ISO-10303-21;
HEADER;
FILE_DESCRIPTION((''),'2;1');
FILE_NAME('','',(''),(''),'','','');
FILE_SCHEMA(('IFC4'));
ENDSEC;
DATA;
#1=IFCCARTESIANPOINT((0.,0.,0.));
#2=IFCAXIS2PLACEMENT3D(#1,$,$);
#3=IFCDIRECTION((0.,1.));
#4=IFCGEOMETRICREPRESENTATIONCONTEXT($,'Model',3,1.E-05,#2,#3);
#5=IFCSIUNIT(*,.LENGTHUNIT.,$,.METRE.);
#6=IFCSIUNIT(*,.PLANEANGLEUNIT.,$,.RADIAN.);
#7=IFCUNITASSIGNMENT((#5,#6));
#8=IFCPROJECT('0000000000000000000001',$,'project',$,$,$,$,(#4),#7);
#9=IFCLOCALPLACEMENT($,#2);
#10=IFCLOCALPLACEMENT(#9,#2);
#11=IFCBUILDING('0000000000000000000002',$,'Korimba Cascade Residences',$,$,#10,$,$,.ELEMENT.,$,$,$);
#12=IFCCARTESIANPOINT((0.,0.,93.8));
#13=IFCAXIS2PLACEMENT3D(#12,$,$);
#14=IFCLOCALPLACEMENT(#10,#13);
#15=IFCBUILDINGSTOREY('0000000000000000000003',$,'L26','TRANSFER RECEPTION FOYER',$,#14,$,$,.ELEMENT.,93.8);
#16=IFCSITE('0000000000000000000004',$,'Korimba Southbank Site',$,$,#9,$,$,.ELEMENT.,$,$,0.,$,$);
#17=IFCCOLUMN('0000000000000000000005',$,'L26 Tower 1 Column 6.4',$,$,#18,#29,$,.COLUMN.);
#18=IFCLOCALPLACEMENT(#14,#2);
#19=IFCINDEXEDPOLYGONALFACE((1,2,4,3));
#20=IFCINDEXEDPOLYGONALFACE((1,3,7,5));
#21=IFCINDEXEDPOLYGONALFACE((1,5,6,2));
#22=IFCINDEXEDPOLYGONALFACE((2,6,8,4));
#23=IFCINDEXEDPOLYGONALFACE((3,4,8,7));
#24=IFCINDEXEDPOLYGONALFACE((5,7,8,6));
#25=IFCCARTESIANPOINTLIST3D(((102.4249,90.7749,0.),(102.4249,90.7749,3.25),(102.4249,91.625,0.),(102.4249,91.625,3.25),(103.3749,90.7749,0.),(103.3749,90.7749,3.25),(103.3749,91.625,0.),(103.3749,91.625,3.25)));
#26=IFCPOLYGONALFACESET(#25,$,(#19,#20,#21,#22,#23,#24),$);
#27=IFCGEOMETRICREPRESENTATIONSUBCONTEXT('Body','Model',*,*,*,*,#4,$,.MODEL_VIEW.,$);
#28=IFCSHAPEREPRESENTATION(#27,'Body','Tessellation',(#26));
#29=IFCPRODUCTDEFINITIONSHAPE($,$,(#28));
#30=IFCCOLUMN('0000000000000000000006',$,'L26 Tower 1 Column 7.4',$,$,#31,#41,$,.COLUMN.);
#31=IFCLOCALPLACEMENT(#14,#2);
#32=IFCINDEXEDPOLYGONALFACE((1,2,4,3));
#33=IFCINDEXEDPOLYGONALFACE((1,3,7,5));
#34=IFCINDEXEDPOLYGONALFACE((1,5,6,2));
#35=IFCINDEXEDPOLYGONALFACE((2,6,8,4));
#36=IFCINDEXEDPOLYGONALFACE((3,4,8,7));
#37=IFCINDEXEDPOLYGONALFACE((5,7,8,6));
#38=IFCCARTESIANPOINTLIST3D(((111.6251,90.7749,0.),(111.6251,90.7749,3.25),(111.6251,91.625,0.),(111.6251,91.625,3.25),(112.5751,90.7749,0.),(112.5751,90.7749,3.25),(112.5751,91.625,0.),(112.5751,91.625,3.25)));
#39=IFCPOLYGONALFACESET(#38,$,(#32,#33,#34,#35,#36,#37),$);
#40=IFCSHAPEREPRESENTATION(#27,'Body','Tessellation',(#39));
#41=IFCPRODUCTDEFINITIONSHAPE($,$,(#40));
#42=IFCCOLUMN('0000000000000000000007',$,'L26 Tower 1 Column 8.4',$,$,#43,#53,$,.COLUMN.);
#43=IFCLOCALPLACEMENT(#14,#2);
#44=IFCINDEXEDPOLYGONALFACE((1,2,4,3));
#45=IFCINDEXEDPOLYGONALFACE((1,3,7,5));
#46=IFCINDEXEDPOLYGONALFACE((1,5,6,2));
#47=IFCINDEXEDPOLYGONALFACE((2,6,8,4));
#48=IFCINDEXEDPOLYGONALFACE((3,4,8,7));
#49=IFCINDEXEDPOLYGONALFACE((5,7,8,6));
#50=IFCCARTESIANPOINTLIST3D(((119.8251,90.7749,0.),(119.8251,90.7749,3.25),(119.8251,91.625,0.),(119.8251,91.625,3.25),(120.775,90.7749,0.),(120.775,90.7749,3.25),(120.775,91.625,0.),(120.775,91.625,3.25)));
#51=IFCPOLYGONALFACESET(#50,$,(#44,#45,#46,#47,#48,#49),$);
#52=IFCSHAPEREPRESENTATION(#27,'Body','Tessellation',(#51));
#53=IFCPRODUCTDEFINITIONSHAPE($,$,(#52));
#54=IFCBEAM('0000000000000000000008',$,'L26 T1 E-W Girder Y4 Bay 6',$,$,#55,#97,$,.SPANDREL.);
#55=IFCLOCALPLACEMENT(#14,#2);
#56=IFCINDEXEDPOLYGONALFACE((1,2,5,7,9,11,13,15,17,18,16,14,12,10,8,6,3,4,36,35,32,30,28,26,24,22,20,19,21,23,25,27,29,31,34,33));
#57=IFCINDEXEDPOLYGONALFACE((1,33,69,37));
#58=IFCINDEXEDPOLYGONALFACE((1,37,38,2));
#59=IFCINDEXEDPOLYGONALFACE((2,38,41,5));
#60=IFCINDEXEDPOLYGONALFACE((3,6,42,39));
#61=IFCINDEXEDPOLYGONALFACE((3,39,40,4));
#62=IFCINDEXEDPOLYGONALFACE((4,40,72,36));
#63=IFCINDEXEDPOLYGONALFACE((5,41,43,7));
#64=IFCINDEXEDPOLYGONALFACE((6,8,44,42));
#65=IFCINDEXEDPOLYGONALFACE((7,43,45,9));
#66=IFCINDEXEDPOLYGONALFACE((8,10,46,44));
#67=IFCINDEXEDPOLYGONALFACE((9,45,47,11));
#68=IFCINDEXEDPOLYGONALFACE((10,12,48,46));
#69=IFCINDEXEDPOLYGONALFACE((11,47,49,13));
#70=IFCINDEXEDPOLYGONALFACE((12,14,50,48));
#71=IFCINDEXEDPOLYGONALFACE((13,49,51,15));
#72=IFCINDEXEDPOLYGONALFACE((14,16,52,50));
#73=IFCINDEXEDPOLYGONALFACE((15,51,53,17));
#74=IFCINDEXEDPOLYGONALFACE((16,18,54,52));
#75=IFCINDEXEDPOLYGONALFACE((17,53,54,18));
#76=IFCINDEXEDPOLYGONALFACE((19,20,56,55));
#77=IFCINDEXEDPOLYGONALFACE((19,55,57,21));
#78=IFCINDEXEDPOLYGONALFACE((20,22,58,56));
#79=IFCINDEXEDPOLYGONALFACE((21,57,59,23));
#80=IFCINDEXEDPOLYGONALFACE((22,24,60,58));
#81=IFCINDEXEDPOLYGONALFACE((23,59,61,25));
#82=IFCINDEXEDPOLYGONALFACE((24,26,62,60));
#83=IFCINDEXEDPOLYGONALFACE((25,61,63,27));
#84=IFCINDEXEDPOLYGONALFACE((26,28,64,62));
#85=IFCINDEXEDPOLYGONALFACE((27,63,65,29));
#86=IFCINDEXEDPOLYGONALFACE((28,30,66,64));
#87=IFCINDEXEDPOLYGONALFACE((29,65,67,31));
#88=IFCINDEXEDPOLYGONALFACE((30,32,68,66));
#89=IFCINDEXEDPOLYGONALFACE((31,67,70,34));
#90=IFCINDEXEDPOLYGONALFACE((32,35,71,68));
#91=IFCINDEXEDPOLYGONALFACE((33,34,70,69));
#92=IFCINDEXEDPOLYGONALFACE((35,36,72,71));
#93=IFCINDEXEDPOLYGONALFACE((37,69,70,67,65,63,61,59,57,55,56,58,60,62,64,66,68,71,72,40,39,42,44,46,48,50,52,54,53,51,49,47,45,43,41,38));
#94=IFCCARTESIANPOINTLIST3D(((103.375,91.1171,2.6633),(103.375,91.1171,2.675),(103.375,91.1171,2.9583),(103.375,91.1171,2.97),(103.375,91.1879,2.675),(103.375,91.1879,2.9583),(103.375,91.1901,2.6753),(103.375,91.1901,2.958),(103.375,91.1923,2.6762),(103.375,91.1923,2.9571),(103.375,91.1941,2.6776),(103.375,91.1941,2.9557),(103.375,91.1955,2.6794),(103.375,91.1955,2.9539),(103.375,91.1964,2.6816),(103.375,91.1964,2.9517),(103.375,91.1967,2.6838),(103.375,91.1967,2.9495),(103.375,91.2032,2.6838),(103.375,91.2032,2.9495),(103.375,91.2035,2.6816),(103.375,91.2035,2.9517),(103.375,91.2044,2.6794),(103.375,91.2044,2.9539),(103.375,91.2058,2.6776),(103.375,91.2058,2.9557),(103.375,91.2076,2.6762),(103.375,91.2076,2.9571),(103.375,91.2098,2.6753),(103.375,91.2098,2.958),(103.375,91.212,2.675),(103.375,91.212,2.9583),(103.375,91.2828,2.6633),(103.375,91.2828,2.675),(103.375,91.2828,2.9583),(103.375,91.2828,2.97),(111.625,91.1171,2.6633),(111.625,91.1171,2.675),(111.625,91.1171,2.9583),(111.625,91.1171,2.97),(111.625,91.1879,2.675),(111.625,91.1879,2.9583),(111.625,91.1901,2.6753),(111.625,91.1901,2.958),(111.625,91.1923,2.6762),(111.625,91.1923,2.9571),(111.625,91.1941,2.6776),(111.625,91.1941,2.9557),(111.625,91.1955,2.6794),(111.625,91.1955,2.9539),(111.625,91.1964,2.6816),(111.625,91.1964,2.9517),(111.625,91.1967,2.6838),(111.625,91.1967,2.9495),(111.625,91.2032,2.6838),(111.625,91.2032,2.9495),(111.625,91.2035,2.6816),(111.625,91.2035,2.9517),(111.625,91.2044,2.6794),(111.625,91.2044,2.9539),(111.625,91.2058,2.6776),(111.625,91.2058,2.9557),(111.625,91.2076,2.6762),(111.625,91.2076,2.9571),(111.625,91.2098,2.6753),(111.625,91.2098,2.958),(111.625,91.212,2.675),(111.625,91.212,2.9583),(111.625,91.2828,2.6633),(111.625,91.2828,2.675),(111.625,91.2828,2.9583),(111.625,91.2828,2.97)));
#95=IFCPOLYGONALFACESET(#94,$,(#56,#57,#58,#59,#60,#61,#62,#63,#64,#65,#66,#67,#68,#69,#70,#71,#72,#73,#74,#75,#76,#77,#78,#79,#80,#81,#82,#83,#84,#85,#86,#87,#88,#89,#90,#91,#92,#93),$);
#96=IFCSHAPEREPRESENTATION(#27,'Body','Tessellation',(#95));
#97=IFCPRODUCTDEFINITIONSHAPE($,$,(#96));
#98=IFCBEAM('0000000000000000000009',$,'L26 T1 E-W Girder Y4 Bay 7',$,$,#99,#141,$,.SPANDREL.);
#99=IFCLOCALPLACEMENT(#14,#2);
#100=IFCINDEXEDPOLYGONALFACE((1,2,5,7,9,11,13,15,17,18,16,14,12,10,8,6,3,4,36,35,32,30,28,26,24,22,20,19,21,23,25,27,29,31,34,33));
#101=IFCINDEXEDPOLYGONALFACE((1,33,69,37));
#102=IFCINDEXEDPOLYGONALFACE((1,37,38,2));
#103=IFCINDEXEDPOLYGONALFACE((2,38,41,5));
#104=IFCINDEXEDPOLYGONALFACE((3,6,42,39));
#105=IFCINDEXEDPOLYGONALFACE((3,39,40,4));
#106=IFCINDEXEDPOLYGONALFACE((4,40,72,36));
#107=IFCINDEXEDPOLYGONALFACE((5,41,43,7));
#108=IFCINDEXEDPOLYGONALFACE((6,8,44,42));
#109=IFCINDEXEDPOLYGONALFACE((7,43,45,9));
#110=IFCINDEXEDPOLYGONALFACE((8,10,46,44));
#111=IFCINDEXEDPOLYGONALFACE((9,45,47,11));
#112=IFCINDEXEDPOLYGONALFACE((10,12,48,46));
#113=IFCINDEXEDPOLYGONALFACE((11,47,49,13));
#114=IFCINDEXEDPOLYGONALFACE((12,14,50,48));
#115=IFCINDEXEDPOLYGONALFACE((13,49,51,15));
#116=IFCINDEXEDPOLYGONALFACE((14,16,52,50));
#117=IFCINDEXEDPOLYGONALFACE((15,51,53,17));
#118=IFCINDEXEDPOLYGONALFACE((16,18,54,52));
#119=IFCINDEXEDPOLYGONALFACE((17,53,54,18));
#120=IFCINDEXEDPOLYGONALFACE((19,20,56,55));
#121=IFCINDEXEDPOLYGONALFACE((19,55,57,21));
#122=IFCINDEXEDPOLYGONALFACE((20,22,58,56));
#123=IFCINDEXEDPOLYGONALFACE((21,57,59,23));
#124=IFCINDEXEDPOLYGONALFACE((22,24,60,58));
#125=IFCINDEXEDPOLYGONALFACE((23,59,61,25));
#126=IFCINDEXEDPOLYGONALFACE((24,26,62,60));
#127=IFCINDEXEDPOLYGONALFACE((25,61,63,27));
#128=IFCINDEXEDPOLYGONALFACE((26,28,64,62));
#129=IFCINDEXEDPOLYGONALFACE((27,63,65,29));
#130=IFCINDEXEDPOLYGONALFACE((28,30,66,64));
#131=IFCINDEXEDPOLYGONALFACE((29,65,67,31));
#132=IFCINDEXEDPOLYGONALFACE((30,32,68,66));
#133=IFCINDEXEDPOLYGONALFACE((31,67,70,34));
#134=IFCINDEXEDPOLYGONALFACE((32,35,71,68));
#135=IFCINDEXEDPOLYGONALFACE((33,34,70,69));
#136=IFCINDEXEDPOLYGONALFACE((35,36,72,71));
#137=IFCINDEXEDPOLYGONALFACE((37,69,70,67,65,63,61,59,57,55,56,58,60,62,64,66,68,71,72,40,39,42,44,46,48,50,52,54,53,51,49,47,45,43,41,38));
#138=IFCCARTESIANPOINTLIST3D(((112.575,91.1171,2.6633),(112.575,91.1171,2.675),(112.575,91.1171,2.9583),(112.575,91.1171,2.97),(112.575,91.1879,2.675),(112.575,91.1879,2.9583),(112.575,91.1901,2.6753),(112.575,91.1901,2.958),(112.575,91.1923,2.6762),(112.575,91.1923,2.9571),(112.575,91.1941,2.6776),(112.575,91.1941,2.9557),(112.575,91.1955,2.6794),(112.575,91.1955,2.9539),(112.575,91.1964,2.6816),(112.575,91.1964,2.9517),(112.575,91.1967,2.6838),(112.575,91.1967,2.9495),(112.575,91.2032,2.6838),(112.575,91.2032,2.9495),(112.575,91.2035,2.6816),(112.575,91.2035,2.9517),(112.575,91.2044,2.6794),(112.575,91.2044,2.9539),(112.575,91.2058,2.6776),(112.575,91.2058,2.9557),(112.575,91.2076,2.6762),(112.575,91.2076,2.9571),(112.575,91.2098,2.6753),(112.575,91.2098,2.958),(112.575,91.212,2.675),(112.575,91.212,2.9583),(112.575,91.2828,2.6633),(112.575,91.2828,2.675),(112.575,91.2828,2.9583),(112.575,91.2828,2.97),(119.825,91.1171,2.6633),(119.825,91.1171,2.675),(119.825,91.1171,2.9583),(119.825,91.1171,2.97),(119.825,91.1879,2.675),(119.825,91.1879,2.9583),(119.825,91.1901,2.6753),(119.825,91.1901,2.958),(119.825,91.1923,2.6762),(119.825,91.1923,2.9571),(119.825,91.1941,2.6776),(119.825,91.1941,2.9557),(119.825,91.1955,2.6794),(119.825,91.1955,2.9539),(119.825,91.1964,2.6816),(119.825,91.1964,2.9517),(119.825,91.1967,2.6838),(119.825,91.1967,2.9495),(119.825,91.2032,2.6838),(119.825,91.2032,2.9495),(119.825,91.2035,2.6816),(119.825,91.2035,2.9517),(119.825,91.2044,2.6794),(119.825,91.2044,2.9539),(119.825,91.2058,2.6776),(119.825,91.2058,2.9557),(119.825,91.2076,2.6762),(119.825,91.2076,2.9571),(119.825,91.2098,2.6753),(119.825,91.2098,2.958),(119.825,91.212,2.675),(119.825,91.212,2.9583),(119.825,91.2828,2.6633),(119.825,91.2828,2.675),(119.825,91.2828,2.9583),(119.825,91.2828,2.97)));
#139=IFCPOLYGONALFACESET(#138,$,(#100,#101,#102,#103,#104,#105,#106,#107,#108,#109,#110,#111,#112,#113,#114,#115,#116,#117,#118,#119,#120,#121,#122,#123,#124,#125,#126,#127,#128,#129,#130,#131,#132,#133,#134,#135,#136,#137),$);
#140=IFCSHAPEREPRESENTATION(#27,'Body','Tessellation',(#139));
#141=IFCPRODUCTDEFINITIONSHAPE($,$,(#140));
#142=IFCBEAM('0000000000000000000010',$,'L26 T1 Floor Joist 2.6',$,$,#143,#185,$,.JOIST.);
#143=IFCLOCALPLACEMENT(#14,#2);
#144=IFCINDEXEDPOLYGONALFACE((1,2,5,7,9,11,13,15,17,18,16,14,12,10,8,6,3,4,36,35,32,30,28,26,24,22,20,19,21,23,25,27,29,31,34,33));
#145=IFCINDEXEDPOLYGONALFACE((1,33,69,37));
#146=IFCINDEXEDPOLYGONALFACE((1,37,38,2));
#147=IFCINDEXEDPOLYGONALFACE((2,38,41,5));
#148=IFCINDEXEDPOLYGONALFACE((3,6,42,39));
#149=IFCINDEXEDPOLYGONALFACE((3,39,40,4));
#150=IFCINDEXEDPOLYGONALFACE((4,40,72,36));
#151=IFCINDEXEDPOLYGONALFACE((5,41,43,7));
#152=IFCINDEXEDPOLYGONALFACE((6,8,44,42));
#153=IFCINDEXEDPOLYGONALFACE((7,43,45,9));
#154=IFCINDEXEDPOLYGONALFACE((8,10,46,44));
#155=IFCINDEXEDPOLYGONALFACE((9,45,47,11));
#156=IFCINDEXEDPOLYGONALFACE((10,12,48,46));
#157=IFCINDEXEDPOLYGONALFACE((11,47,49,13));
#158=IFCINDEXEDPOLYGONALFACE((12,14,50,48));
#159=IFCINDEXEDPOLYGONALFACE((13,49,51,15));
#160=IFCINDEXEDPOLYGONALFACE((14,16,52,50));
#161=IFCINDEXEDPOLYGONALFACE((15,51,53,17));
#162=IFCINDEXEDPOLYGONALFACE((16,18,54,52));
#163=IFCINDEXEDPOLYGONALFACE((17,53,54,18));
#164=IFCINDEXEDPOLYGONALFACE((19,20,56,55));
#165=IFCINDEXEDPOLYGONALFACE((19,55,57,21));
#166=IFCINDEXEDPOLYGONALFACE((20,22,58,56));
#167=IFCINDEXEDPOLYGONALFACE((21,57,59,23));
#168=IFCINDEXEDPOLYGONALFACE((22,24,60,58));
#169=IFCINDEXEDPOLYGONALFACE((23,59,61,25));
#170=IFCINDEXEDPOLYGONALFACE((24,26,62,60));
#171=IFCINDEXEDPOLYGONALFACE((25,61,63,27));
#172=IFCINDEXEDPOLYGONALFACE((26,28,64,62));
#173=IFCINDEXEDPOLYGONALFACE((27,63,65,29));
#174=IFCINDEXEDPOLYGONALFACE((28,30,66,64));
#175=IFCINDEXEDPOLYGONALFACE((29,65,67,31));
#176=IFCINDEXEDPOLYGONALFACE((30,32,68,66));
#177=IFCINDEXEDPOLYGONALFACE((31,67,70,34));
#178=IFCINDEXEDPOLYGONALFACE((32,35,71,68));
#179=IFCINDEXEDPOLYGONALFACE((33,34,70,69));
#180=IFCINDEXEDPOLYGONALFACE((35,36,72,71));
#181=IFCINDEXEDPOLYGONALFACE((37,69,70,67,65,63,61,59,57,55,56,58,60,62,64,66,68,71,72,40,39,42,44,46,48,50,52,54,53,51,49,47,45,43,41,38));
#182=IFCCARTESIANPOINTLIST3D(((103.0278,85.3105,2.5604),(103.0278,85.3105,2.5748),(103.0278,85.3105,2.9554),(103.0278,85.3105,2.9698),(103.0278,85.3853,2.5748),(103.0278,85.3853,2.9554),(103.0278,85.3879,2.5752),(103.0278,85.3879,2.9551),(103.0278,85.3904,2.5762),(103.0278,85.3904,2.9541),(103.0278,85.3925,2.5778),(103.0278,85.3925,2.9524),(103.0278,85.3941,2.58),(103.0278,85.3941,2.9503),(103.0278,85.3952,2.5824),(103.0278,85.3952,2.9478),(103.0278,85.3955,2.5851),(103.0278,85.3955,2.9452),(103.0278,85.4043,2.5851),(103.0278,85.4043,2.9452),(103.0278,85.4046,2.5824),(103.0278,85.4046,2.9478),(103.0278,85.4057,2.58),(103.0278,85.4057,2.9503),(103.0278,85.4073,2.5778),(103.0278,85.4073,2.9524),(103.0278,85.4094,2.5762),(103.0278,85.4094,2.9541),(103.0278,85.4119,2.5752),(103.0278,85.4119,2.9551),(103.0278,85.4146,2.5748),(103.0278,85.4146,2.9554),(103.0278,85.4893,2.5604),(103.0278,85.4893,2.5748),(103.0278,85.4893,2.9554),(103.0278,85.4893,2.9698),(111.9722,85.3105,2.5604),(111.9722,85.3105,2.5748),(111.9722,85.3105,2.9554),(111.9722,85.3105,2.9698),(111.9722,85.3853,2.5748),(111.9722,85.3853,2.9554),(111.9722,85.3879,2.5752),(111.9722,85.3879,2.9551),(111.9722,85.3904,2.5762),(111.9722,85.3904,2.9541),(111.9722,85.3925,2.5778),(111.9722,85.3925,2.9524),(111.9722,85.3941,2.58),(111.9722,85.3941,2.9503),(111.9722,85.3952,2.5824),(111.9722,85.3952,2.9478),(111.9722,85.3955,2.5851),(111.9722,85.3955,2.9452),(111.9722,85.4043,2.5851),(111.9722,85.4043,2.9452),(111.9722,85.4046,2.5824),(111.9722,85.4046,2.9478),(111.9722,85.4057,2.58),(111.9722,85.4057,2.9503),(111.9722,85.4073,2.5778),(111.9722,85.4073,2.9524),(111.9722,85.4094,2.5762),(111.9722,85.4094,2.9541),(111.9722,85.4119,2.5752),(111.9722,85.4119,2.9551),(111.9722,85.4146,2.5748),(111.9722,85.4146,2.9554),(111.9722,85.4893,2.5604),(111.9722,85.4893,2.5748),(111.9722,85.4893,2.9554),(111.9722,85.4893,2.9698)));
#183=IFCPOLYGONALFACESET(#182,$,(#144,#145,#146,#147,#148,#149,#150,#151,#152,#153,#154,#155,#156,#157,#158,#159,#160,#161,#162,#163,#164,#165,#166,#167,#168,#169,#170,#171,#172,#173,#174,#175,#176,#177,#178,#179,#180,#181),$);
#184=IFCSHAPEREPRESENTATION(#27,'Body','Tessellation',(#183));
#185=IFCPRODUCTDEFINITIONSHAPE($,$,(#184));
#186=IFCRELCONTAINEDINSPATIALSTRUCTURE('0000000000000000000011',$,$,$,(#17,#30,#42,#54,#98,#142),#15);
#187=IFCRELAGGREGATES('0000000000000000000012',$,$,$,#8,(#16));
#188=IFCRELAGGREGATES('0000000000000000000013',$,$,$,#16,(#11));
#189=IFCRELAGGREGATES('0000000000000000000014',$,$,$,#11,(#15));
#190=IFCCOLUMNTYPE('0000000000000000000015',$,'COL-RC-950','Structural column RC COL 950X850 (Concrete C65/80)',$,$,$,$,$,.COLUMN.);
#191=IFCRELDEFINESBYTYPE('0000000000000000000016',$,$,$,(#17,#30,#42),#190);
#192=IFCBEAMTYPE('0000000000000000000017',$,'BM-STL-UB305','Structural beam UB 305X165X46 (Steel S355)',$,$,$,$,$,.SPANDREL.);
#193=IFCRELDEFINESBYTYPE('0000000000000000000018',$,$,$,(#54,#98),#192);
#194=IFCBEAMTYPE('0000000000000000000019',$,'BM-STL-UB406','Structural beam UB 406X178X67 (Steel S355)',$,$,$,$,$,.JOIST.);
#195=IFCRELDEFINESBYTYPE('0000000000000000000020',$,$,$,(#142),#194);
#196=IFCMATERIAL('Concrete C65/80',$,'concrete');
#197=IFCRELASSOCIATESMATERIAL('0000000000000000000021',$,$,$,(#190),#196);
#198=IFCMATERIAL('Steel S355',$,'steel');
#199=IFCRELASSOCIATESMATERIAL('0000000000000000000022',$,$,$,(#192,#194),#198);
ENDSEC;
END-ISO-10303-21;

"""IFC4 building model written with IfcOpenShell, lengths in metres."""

from ifc_helpers import new_model, si_unit, direction, frame, origin, origin_2d, place, context, subcontext, project, spatial, rectangle, i_section, extrude, material, material_profile, profile_set, type_object, element, save


model = new_model("IFC4")

# Units and contexts
model_context = context("Model", 3, precision=1e-05, world=origin(), true_north=direction((0.0, 1.0)))
body_context = subcontext(model_context, "Body", "Model", "MODEL_VIEW")
ifc_project = project(units=[si_unit("LENGTHUNIT", "METRE"), si_unit("PLANEANGLEUNIT", "RADIAN")], contexts=[model_context])

# Site, building, storey
site_placement = place(None, origin())
site = spatial("IfcSite", under=ifc_project, at=site_placement, Name="Korimba Southbank Site", CompositionType="ELEMENT", RefElevation=0.0)
building_placement = place(site_placement, origin())
building = spatial("IfcBuilding", under=site, at=building_placement, Name="Korimba Cascade Residences", CompositionType="ELEMENT")
storey_placement = place(building_placement, frame((0.0, 0.0, 93.8)))
storey = spatial("IfcBuildingStorey", under=building, at=storey_placement, Name="L26", Description="TRANSFER RECEPTION FOYER", CompositionType="ELEMENT", Elevation=93.8)

# Columns
ifc_material_1 = material(Name="Concrete C65/80", Category="concrete")
ifc_material_profile_1 = material_profile(ifc_material_1, rectangle(XDim=0.95, YDim=0.8501, at=origin_2d()), Name="Concrete C65/80")
ifc_profile_set_1 = profile_set([ifc_material_profile_1], Name="Concrete C65/80")
column_type = type_object("IfcColumnType", Name="COL-RC-950", Description="Structural column RC COL 950X850 (Concrete C65/80)", PredefinedType="COLUMN", material=ifc_profile_set_1)
for number, where, z_axis, x_axis, name in (
    (1, (102.8999, 91.2, 0.0), (0.0, 0.0, 1.0), (1.0, 0.0, 0.0), "L26 Tower 1 Column 6.4"),
    (2, (112.1001, 91.2, 0.0), (0.0, 0.0, 1.0), (1.0, 0.0, 0.0), "L26 Tower 1 Column 7.4"),
    (3, (120.3, 91.2, 0.0), (0.0, 0.0, 1.0), (1.0, 0.0, 0.0), "L26 Tower 1 Column 8.4"),
):
    element("IfcColumn", number, at=place(storey_placement, frame(where, z_axis=z_axis, x_axis=x_axis)), inside=storey, type_object=column_type, Name=name, PredefinedType="COLUMN", context=body_context, shape_type="SweptSolid", body=[
        extrude(rectangle(XDim=0.95, YDim=0.8501, at=origin_2d()), origin(), (0.0, 0.0, 1.0), 3.25),
    ])

# Beams
ifc_material_2 = material(Name="Steel S355", Category="steel")
ifc_material_profile_2 = material_profile(ifc_material_2, i_section(OverallWidth=0.1658, OverallDepth=0.3066, WebThickness=0.0066, FlangeThickness=0.0117, FilletRadius=0.0088, at=origin_2d()), Name="Steel S355")
ifc_profile_set_2 = profile_set([ifc_material_profile_2], Name="Steel S355")
beam_type_1 = type_object("IfcBeamType", Name="BM-STL-UB305", Description="Structural beam UB 305X165X46 (Steel S355)", PredefinedType="SPANDREL", material=ifc_profile_set_2)
beam_1_placement = place(storey_placement, frame((103.375, 91.2, 2.8167), z_axis=(1.0, 0.0, 0.0), x_axis=(0.0, 1.0, 0.0)))
element("IfcBeam", 4, at=beam_1_placement, inside=storey, type_object=beam_type_1, Name="L26 T1 E-W Girder Y4 Bay 6", PredefinedType="SPANDREL", context=body_context, shape_type="SweptSolid", body=[
    extrude(i_section(OverallWidth=0.1658, OverallDepth=0.3066, WebThickness=0.0066, FlangeThickness=0.0117, FilletRadius=0.0088, at=origin_2d()), origin(), (0.0, 0.0, 1.0), 8.25),
])
beam_2_placement = place(storey_placement, frame((112.575, 91.2, 2.8167), z_axis=(1.0, 0.0, 0.0), x_axis=(0.0, 1.0, 0.0)))
element("IfcBeam", 5, at=beam_2_placement, inside=storey, type_object=beam_type_1, Name="L26 T1 E-W Girder Y4 Bay 7", PredefinedType="SPANDREL", context=body_context, shape_type="SweptSolid", body=[
    extrude(i_section(OverallWidth=0.1658, OverallDepth=0.3066, WebThickness=0.0066, FlangeThickness=0.0117, FilletRadius=0.0088, at=origin_2d()), origin(), (0.0, 0.0, 1.0), 7.25),
])
ifc_material_profile_3 = material_profile(ifc_material_2, i_section(OverallWidth=0.1787, OverallDepth=0.4094, WebThickness=0.0088, FlangeThickness=0.0144, FilletRadius=0.0103, at=origin_2d()), Name="Steel S355")
ifc_profile_set_3 = profile_set([ifc_material_profile_3], Name="Steel S355")
beam_type_2 = type_object("IfcBeamType", Name="BM-STL-UB406", Description="Structural beam UB 406X178X67 (Steel S355)", PredefinedType="JOIST", material=ifc_profile_set_3)
beam_3_placement = place(storey_placement, frame((103.0278, 85.3999, 2.7651), z_axis=(1.0, 0.0, 0.0), x_axis=(0.0, 1.0, 0.0)))
element("IfcBeam", 6, at=beam_3_placement, inside=storey, type_object=beam_type_2, Name="L26 T1 Floor Joist 2.6", PredefinedType="JOIST", context=body_context, shape_type="SweptSolid", body=[
    extrude(i_section(OverallWidth=0.1787, OverallDepth=0.4094, WebThickness=0.0088, FlangeThickness=0.0144, FilletRadius=0.0103, at=origin_2d()), origin(), (0.0, 0.0, 1.0), 8.9443),
])

save(model, "model.ifc")
